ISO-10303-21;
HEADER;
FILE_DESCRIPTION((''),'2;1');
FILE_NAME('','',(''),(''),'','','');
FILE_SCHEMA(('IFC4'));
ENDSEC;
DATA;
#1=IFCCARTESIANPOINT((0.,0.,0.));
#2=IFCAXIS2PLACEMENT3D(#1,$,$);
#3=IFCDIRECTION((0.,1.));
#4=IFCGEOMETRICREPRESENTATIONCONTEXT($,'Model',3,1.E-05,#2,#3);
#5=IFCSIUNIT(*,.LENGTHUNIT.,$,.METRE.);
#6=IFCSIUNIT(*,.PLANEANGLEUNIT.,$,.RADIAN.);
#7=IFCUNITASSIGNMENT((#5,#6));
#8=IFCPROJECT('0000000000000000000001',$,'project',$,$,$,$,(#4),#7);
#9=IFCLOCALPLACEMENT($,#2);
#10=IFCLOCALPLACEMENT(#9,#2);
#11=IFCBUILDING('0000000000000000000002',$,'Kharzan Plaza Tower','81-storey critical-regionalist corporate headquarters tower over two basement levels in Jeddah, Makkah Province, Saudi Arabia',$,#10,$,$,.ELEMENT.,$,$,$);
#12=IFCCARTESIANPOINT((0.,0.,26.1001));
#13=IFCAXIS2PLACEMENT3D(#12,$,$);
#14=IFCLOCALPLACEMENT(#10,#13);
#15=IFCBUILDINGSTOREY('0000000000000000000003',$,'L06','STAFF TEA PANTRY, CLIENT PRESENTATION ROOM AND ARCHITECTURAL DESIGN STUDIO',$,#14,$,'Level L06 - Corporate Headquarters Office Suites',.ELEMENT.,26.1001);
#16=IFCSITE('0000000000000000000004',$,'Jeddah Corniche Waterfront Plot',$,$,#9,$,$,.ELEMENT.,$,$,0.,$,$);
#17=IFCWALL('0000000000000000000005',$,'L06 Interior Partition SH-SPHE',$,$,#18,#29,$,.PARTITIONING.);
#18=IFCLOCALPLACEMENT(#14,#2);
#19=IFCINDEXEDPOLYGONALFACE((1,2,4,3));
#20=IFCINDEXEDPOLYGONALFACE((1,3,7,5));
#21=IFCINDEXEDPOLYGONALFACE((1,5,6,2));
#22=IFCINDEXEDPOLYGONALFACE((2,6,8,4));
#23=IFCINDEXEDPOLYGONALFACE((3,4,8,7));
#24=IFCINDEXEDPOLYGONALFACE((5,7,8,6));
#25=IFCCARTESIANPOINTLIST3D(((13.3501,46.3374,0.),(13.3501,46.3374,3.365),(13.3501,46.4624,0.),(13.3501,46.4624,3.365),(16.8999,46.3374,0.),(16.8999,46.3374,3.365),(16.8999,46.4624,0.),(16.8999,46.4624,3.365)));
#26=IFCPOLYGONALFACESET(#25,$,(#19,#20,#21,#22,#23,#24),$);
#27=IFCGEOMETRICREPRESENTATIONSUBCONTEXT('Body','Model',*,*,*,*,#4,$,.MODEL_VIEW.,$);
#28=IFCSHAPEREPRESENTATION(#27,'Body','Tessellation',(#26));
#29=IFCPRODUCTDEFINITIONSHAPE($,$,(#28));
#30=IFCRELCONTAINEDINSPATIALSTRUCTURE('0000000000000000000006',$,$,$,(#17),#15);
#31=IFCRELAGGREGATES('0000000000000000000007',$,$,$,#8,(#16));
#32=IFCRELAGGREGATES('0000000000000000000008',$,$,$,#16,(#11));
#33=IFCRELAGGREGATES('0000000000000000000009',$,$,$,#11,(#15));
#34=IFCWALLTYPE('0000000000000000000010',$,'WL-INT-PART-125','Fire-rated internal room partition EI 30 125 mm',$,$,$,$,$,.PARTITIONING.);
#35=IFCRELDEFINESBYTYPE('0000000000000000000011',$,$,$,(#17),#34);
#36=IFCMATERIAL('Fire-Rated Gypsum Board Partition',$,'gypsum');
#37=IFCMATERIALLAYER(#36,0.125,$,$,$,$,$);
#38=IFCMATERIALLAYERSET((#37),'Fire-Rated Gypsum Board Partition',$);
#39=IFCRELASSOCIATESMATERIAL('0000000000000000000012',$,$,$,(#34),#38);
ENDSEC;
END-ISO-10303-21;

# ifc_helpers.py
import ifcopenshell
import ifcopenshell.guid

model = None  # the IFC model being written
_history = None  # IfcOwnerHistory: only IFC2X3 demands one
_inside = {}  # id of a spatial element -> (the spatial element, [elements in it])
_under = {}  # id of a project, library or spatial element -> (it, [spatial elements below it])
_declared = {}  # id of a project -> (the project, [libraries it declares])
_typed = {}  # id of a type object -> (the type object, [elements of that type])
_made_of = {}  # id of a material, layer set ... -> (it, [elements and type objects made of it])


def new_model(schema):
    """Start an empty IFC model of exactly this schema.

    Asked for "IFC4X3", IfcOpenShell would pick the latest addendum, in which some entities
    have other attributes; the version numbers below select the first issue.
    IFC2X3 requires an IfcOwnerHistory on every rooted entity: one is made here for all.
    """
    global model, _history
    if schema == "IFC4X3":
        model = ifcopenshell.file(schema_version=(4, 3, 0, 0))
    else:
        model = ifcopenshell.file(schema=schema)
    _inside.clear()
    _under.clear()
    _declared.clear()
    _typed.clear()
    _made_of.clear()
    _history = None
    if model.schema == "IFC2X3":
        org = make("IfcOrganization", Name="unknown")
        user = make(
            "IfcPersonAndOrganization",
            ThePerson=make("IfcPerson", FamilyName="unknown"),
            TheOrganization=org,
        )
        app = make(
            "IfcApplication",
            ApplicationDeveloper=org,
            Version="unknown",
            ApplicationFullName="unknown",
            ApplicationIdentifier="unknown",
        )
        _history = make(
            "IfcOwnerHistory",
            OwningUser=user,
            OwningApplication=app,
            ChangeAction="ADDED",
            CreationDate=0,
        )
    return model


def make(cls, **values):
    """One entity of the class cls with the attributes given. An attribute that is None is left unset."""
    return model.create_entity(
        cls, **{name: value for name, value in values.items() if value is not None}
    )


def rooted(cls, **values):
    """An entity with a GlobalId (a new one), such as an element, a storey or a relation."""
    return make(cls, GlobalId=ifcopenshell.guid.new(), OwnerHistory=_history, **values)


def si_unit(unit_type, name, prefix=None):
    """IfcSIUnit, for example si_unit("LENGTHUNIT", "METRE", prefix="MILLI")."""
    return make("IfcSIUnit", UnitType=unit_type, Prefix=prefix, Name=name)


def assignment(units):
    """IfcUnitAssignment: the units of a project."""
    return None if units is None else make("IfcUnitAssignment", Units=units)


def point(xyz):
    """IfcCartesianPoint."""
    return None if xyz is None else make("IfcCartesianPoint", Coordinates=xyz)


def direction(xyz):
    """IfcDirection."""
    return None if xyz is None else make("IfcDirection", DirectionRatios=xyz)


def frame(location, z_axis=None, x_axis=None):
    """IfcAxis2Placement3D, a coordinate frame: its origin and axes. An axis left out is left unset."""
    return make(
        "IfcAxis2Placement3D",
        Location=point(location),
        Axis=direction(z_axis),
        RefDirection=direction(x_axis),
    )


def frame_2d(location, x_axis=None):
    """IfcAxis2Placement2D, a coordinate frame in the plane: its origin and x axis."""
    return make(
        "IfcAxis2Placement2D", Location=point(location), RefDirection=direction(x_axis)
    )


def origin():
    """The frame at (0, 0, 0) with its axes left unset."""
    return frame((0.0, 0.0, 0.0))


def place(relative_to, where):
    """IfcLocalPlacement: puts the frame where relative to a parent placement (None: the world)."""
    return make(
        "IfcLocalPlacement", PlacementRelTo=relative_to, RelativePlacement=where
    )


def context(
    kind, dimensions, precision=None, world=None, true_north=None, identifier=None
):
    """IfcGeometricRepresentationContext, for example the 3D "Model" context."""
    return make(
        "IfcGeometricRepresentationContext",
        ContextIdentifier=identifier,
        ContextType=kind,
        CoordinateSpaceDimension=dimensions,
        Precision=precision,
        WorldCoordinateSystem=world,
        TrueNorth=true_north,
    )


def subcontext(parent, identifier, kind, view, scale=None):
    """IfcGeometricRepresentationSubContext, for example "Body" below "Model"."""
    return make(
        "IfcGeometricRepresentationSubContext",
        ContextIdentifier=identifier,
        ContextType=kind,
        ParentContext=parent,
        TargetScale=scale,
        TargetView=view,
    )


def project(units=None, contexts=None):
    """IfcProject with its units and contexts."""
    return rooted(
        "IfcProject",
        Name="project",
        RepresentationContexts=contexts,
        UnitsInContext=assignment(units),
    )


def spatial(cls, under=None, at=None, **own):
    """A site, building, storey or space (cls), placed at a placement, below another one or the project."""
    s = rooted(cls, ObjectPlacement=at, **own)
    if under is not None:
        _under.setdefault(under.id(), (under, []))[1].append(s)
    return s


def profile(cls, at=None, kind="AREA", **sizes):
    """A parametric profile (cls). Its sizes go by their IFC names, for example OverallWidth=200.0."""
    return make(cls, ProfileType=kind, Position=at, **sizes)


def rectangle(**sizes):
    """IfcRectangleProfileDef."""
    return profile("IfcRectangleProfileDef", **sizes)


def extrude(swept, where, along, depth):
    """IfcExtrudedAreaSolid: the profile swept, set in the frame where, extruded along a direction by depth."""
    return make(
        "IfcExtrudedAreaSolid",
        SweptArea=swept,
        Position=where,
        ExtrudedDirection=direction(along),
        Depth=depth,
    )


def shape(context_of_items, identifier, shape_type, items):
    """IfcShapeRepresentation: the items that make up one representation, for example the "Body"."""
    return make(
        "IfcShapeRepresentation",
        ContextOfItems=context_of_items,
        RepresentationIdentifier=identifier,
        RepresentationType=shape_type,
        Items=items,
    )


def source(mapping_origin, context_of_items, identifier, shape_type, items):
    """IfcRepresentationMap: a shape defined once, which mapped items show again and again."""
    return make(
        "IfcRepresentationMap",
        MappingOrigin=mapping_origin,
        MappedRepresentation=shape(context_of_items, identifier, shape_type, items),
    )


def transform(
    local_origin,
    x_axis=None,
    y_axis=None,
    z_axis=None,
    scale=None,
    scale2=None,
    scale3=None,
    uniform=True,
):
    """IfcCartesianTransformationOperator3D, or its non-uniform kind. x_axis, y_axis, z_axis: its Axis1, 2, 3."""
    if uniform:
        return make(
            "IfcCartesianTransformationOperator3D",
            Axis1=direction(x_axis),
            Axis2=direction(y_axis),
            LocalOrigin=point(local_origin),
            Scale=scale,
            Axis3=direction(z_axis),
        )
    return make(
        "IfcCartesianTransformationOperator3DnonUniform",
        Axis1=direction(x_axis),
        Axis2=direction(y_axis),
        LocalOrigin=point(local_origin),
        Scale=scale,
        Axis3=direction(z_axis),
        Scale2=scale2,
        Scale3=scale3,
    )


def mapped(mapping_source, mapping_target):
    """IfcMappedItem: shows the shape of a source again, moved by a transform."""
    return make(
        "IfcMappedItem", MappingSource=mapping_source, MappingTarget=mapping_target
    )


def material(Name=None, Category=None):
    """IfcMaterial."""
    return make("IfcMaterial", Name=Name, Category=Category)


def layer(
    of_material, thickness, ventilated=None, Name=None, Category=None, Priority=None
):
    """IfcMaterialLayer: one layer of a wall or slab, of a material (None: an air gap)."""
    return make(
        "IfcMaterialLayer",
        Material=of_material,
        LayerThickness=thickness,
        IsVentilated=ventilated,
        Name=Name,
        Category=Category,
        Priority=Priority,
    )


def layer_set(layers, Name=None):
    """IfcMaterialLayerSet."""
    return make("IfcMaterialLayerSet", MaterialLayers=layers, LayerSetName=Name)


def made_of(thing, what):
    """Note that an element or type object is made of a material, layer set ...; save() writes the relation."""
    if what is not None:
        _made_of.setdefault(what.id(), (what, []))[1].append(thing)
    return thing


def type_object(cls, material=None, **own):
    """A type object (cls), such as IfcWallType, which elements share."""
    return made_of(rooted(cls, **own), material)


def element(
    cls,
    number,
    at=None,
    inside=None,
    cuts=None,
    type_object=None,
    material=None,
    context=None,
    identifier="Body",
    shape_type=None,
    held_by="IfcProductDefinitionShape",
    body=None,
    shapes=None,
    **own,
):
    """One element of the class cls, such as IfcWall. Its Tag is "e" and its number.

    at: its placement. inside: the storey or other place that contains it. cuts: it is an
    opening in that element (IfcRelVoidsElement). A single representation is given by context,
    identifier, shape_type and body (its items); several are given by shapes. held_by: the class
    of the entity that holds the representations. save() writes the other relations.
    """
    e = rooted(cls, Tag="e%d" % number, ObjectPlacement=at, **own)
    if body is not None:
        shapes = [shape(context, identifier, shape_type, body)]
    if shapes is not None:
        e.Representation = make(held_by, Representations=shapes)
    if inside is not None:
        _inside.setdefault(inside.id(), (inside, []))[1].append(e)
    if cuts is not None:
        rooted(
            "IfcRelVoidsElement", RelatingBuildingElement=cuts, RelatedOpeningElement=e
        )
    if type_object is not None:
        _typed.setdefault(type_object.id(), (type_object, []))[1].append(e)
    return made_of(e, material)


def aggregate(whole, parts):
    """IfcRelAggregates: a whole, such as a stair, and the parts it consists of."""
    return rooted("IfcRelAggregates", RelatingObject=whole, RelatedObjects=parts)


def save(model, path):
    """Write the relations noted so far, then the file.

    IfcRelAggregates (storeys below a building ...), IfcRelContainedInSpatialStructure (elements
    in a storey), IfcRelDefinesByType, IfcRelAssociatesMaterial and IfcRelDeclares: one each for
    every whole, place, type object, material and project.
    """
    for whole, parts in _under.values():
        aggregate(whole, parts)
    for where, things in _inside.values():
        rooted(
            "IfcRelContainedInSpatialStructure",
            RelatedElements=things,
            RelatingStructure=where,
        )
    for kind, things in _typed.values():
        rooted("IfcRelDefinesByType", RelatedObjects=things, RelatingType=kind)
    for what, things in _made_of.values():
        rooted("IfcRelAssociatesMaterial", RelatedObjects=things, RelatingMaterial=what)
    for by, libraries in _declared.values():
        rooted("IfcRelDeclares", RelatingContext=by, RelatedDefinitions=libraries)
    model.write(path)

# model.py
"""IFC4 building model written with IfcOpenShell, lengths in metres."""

from ifc_helpers import new_model, si_unit, direction, frame, frame_2d, origin, place, context, subcontext, project, spatial, rectangle, extrude, source, transform, mapped, material, layer, layer_set, type_object, element, save


model = new_model("IFC4")

# Units and contexts
model_context = context("Model", 3, precision=1e-05, world=origin(), true_north=direction((0.0, 1.0)))
body_context = subcontext(model_context, "Body", "Model", "MODEL_VIEW")
ifc_project = project(units=[si_unit("LENGTHUNIT", "METRE"), si_unit("PLANEANGLEUNIT", "RADIAN")], contexts=[model_context])

# Site, building, storey
site_placement = place(None, origin())
site = spatial("IfcSite", under=ifc_project, at=site_placement, Name="Jeddah Corniche Waterfront Plot", CompositionType="ELEMENT", RefElevation=0.0)
building_placement = place(site_placement, origin())
building = spatial("IfcBuilding", under=site, at=building_placement, Name="Kharzan Plaza Tower", Description="81-storey critical-regionalist corporate headquarters tower over two basement levels in Jeddah, Makkah Province, Saudi Arabia", CompositionType="ELEMENT")
storey_placement = place(building_placement, frame((0.0, 0.0, 26.1001)))
storey = spatial("IfcBuildingStorey", under=building, at=storey_placement, Name="L06", Description="STAFF TEA PANTRY, CLIENT PRESENTATION ROOM AND ARCHITECTURAL DESIGN STUDIO", LongName="Level L06 - Corporate Headquarters Office Suites", CompositionType="ELEMENT", Elevation=26.1001)

# Shared definitions
ifc_material_1 = material(Name="Fire-Rated Gypsum Board Partition", Category="gypsum")
ifc_layer_1 = layer(ifc_material_1, 0.125)
ifc_layer_set_1 = layer_set([ifc_layer_1], Name="Fire-Rated Gypsum Board Partition")
wall_type_1 = type_object("IfcWallType", Name="WL-INT-PART-125", Description="Fire-rated internal room partition EI 30 125 mm", PredefinedType="PARTITIONING", material=ifc_layer_set_1)

# Wall
shared_shape_1 = source(origin(), body_context, "Body", "SweptSolid", [
    extrude(rectangle(XDim=3.5498, YDim=0.125, at=frame_2d((1.7749, 0.0))), origin(), (0.0, 0.0, 1.0), 3.365),
])
wall_1_placement = place(storey_placement, frame((13.3501, 46.3999, 0.0), z_axis=(0.0, 0.0, 1.0), x_axis=(1.0, 0.0, 0.0)))
element("IfcWall", 1, at=wall_1_placement, inside=storey, type_object=wall_type_1, Name="L06 Interior Partition SH-SPHE", PredefinedType="PARTITIONING", context=body_context, shape_type="MappedRepresentation", body=[
    mapped(shared_shape_1, transform((0.0, 0.0, 0.0), x_axis=(1.0, 0.0, 0.0), y_axis=(0.0, 1.0, 0.0), z_axis=(0.0, 0.0, 1.0))),
])

save(model, "model.ifc")
